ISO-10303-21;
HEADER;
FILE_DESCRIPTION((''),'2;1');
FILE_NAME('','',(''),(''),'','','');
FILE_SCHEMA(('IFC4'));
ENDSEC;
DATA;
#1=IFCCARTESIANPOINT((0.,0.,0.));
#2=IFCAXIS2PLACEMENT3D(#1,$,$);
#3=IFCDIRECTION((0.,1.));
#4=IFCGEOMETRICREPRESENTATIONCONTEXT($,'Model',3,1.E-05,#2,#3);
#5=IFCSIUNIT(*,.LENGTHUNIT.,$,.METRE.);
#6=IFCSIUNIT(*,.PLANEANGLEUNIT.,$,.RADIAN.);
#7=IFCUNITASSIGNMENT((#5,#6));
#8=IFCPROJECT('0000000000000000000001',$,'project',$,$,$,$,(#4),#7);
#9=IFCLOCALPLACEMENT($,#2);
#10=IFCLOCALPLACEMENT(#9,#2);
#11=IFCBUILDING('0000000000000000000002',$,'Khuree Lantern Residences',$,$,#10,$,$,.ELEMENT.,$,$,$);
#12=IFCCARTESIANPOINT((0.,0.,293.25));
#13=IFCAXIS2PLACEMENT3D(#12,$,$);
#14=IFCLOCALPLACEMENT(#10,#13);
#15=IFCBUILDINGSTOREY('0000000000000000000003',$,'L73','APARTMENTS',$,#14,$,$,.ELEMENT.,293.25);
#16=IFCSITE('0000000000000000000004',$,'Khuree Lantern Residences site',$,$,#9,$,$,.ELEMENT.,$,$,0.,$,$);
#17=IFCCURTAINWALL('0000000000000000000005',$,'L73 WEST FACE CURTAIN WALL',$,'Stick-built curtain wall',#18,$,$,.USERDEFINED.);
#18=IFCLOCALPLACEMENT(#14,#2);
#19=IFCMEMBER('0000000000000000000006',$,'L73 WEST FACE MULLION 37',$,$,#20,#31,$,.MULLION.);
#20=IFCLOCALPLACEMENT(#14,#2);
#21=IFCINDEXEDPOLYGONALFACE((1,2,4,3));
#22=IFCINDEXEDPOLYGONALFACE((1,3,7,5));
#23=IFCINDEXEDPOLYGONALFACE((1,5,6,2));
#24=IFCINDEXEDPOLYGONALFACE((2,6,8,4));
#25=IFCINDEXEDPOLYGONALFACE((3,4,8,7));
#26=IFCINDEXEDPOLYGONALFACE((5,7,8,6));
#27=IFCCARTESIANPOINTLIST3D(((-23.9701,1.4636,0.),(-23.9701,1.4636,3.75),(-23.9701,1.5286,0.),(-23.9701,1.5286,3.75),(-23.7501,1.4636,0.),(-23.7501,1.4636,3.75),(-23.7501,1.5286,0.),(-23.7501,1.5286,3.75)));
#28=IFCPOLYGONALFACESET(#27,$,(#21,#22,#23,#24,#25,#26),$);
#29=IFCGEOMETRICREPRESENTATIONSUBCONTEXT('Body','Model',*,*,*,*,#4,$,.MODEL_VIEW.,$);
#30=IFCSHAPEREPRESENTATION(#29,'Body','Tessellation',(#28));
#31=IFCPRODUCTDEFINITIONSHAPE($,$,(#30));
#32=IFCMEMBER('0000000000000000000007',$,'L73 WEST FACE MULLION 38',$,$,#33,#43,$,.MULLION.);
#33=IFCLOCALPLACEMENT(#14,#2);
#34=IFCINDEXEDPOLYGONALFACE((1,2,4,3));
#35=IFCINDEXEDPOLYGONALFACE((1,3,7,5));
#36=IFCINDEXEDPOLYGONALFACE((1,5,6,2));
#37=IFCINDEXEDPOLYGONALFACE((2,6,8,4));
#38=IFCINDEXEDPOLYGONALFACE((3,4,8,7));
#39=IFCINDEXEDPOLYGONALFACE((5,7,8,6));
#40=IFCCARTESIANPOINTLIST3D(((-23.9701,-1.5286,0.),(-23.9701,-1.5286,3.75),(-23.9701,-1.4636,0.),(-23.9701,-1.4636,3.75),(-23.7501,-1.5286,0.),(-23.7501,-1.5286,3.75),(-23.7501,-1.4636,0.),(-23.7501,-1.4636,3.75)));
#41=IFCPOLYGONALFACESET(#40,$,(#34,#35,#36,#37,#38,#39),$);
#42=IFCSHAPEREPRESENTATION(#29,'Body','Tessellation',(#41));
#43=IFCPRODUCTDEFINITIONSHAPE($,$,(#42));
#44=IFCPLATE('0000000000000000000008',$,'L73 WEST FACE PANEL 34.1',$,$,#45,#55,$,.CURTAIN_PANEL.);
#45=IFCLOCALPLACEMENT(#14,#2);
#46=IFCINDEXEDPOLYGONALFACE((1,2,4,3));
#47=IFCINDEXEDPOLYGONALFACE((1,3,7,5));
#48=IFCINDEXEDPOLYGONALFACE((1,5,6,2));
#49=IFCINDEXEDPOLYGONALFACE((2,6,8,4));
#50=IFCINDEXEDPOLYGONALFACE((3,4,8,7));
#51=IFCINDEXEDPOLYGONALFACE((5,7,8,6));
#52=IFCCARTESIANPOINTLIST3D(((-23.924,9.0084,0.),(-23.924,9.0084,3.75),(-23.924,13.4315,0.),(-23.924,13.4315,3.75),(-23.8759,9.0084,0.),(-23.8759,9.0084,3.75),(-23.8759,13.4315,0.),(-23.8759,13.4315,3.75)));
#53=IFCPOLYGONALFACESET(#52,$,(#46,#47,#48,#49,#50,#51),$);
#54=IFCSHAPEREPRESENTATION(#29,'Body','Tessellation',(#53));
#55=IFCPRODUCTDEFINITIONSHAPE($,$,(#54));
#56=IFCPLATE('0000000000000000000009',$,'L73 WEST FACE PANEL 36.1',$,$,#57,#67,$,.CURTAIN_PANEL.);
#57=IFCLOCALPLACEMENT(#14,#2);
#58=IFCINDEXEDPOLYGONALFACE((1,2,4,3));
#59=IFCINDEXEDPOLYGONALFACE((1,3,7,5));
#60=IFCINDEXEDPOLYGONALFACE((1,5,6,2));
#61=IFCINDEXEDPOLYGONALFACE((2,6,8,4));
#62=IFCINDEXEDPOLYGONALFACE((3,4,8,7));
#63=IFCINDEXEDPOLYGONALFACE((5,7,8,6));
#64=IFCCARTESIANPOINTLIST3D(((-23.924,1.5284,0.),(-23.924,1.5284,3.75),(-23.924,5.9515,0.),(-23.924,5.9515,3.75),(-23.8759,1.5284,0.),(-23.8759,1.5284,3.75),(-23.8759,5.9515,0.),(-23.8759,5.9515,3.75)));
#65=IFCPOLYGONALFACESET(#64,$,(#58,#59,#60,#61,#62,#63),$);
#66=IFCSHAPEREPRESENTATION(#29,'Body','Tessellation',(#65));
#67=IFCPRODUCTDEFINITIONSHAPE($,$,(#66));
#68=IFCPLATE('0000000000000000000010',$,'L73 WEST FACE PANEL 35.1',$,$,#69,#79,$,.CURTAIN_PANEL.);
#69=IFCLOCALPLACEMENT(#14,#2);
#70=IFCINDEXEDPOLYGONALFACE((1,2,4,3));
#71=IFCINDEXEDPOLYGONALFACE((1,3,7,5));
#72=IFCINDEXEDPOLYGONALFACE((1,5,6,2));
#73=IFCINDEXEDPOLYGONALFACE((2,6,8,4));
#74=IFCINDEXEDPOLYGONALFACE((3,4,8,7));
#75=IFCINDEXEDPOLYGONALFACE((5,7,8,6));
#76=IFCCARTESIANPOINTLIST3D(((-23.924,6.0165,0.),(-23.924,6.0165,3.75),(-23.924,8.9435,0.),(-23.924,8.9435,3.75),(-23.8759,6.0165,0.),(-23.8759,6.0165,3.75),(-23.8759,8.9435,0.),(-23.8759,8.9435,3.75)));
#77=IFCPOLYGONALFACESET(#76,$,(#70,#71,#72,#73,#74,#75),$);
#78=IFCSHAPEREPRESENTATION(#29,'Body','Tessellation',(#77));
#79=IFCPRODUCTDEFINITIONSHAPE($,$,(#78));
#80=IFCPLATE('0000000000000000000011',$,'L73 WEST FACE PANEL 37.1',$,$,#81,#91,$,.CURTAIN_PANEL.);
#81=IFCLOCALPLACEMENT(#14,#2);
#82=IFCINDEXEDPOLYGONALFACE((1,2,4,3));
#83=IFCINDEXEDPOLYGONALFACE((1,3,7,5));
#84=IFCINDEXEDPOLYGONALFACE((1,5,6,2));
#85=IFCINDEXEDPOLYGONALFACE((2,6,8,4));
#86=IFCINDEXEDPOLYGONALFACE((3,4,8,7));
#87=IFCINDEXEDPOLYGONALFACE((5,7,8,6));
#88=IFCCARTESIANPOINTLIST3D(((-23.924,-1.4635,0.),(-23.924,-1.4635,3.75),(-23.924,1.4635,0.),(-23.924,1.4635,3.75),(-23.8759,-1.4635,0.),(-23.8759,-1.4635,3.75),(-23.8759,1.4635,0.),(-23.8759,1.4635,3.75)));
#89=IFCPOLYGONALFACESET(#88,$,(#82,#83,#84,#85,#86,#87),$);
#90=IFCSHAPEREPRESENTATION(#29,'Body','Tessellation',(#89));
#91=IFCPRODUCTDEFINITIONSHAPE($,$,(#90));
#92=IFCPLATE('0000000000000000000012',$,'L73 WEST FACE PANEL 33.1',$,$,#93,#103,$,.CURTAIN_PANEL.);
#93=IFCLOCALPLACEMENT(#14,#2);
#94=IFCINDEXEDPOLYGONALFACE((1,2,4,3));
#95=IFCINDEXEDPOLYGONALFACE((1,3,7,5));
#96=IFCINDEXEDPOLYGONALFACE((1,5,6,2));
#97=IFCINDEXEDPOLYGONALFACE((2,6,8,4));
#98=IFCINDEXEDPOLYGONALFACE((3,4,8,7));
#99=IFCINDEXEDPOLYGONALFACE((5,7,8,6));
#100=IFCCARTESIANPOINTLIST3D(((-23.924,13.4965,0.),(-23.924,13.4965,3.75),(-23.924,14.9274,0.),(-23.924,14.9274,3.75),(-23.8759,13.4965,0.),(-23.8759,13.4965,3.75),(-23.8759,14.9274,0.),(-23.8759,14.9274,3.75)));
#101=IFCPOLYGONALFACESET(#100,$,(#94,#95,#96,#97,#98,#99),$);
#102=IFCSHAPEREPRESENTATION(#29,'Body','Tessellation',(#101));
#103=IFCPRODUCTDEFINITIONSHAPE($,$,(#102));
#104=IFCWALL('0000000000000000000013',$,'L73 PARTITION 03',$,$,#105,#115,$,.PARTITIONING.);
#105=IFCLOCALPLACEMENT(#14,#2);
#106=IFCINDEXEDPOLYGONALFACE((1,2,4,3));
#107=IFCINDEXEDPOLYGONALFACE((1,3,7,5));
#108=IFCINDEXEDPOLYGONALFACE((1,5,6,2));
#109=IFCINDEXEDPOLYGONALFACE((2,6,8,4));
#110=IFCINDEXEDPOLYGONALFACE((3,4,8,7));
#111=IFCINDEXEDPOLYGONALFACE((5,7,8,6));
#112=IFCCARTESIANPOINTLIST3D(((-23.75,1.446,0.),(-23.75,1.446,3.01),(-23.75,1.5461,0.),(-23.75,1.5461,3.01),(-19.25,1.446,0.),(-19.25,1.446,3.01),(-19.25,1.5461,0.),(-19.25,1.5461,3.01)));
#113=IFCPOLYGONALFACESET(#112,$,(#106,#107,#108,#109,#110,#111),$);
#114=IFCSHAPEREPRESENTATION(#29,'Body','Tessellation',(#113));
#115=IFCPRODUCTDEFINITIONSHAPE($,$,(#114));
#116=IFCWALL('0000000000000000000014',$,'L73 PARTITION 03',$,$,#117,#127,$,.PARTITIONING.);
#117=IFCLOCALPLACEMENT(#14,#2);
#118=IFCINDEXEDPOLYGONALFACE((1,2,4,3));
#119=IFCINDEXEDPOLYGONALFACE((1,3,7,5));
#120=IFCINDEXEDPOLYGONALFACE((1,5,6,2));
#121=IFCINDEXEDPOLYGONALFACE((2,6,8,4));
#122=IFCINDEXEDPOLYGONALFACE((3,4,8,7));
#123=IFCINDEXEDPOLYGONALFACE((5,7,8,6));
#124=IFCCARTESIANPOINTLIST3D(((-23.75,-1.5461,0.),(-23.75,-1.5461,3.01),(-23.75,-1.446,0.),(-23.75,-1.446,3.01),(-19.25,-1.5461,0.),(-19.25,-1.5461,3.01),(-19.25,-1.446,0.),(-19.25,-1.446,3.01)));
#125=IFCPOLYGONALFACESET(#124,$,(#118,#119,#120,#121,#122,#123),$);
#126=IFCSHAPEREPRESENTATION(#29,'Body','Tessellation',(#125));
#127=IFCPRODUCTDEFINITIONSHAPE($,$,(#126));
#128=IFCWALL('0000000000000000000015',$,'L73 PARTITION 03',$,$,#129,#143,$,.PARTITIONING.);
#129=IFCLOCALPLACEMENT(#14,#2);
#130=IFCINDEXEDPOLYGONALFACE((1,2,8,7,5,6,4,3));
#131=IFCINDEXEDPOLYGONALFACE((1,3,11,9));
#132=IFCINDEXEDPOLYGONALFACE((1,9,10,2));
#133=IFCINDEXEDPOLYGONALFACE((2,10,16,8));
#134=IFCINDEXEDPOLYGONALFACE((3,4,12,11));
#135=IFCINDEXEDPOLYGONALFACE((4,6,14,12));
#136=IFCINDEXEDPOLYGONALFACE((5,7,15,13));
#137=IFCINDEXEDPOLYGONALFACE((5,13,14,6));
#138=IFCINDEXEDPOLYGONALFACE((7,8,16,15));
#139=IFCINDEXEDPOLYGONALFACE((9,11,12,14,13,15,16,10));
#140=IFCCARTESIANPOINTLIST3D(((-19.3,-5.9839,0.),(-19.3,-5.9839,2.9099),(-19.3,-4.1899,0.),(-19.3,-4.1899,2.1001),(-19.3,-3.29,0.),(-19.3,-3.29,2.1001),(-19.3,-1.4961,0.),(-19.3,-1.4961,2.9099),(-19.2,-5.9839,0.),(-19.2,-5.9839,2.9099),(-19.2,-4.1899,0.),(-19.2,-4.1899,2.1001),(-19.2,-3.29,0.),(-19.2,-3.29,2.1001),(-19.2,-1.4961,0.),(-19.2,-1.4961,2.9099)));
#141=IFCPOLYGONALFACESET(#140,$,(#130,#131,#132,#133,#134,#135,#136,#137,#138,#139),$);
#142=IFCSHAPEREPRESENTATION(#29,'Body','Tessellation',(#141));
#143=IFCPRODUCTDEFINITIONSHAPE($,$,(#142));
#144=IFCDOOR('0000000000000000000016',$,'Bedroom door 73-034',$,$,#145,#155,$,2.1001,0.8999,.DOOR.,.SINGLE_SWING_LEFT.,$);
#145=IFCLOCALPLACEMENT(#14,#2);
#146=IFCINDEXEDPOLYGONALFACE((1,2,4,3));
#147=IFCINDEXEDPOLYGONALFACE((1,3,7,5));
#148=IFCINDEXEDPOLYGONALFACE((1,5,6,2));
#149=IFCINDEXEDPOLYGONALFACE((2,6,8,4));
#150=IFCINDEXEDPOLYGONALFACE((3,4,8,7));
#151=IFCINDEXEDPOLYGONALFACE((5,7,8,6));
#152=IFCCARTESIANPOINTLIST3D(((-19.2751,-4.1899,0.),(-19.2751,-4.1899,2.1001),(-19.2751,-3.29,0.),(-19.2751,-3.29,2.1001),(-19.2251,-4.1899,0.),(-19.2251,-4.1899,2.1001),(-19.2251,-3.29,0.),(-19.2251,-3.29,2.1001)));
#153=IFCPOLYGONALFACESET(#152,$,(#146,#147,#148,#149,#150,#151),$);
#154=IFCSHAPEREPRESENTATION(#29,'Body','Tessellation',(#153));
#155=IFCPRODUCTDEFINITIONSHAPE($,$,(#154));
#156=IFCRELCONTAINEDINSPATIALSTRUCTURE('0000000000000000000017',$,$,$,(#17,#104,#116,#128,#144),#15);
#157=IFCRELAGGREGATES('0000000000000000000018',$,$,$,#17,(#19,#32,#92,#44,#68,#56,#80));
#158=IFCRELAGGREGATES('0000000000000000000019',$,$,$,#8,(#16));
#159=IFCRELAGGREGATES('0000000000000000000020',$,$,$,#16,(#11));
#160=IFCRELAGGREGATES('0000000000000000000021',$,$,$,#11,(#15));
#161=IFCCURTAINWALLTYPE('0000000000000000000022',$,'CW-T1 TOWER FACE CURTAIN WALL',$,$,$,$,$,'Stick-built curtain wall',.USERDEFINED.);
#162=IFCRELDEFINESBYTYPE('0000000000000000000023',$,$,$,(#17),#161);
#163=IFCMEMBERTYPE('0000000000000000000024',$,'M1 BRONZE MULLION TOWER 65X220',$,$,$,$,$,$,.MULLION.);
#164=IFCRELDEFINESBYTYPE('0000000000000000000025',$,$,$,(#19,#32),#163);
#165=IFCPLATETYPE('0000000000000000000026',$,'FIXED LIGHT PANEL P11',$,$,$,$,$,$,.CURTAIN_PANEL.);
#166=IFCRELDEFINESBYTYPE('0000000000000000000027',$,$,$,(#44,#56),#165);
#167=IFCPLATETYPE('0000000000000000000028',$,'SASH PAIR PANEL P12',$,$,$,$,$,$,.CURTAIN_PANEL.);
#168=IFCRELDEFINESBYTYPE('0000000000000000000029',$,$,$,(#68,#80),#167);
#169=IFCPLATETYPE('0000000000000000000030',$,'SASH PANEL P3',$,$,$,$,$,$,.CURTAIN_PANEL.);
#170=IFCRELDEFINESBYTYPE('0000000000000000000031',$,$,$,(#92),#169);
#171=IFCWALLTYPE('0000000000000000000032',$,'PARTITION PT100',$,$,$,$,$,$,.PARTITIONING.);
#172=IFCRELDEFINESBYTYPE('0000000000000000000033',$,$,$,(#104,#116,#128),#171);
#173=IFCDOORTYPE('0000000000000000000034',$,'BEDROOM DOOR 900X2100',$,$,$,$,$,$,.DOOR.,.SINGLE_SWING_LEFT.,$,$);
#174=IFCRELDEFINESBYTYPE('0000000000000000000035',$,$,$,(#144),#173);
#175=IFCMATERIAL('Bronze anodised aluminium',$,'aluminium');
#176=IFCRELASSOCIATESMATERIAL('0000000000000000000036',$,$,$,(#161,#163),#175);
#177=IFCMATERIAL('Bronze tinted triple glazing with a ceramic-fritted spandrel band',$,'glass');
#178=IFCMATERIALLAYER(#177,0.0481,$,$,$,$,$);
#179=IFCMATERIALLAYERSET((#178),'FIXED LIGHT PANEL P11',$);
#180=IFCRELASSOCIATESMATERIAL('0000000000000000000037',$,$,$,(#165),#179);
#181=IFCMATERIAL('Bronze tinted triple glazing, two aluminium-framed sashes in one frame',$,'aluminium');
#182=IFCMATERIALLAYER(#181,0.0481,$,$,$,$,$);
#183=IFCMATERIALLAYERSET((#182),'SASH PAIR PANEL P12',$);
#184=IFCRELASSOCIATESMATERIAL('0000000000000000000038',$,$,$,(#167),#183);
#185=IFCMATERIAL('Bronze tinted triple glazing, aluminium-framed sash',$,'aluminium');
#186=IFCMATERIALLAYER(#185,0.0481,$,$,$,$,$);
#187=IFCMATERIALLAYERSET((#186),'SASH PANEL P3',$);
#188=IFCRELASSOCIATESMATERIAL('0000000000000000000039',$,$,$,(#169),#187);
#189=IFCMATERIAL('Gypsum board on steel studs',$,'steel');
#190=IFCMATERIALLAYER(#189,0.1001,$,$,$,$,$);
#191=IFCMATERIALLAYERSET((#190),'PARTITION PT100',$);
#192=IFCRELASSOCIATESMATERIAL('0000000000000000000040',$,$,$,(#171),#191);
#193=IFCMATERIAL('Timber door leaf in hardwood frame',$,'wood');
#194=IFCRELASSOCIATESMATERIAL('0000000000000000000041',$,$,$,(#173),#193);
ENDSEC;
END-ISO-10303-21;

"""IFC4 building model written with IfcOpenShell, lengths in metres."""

from ifc_helpers import new_model, si_unit, direction, frame, frame_2d, origin, origin_2d, place, context, subcontext, project, spatial, rectangle, extrude, material, layer, layer_set, material_profile, profile_set, type_object, element, fill, aggregate, save


model = new_model("IFC4")

# Units and contexts
model_context = context("Model", 3, precision=1e-05, world=origin(), true_north=direction((0.0, 1.0)))
body_context = subcontext(model_context, "Body", "Model", "MODEL_VIEW")
ifc_project = project(units=[si_unit("LENGTHUNIT", "METRE"), si_unit("PLANEANGLEUNIT", "RADIAN")], contexts=[model_context])

# Site, building, storey
site_placement = place(None, origin())
site = spatial("IfcSite", under=ifc_project, at=site_placement, Name="Khuree Lantern Residences site", CompositionType="ELEMENT", RefElevation=0.0)
building_placement = place(site_placement, origin())
building = spatial("IfcBuilding", under=site, at=building_placement, Name="Khuree Lantern Residences", CompositionType="ELEMENT")
storey_placement = place(building_placement, frame((0.0, 0.0, 293.25)))
storey = spatial("IfcBuildingStorey", under=building, at=storey_placement, Name="L73", Description="APARTMENTS", CompositionType="ELEMENT", Elevation=293.25)

# Curtain wall
ifc_material_1 = material(Name="Bronze anodised aluminium", Category="aluminium")
curtain_wall_type = type_object("IfcCurtainWallType", Name="CW-T1 TOWER FACE CURTAIN WALL", ElementType="Stick-built curtain wall", PredefinedType="USERDEFINED", material=ifc_material_1)
curtain_wall_placement = place(storey_placement, origin())
curtain_wall = element("IfcCurtainWall", 1, at=curtain_wall_placement, inside=storey, type_object=curtain_wall_type, Name="L73 WEST FACE CURTAIN WALL", ObjectType="Stick-built curtain wall", PredefinedType="USERDEFINED")

# Members
ifc_material_profile_1 = material_profile(ifc_material_1, rectangle(XDim=0.0649, YDim=0.22, at=origin_2d()), Name="M1 65X220")
ifc_profile_set_1 = profile_set([ifc_material_profile_1], Name="Bronze anodised aluminium")
member_type_1 = type_object("IfcMemberType", Name="M1 BRONZE MULLION TOWER 65X220", PredefinedType="MULLION", material=ifc_profile_set_1)
member_1_placement = place(storey_placement, frame((-23.8601, 1.4961, 0.0), z_axis=(0.0, 0.0, 1.0), x_axis=(0.0, -1.0, 0.0)))
member_1 = element("IfcMember", 2, at=member_1_placement, type_object=member_type_1, Name="L73 WEST FACE MULLION 37", PredefinedType="MULLION", context=body_context, shape_type="SweptSolid", body=[
    extrude(rectangle(XDim=0.0649, YDim=0.22, at=origin_2d()), origin(), (0.0, 0.0, 1.0), 3.75),
])
member_2_placement = place(storey_placement, frame((-23.8601, -1.4961, 0.0), z_axis=(0.0, 0.0, 1.0), x_axis=(0.0, -1.0, 0.0)))
member_2 = element("IfcMember", 3, at=member_2_placement, type_object=member_type_1, Name="L73 WEST FACE MULLION 38", PredefinedType="MULLION", context=body_context, shape_type="SweptSolid", body=[
    extrude(rectangle(XDim=0.0649, YDim=0.22, at=origin_2d()), origin(), (0.0, 0.0, 1.0), 3.75),
])

# Plates
ifc_material_2 = material(Name="Bronze tinted triple glazing with a ceramic-fritted spandrel band", Category="glass")
ifc_layer_1 = layer(ifc_material_2, 0.0481)
ifc_layer_set_1 = layer_set([ifc_layer_1], Name="FIXED LIGHT PANEL P11")
plate_type_1 = type_object("IfcPlateType", Name="FIXED LIGHT PANEL P11", PredefinedType="CURTAIN_PANEL", material=ifc_layer_set_1)
plate_1_placement = place(storey_placement, frame((-23.8999, 11.22, 0.0), z_axis=(0.0, 0.0, 1.0), x_axis=(0.0, -1.0, 0.0)))
plate_1 = element("IfcPlate", 4, at=plate_1_placement, type_object=plate_type_1, Name="L73 WEST FACE PANEL 34.1", PredefinedType="CURTAIN_PANEL", context=body_context, shape_type="SweptSolid", body=[
    extrude(rectangle(XDim=4.4231, YDim=0.0481, at=origin_2d()), origin(), (0.0, 0.0, 1.0), 3.75),
])
plate_2_placement = place(storey_placement, frame((-23.8999, 3.74, 0.0), z_axis=(0.0, 0.0, 1.0), x_axis=(0.0, -1.0, 0.0)))
plate_2 = element("IfcPlate", 5, at=plate_2_placement, type_object=plate_type_1, Name="L73 WEST FACE PANEL 36.1", PredefinedType="CURTAIN_PANEL", context=body_context, shape_type="SweptSolid", body=[
    extrude(rectangle(XDim=4.4231, YDim=0.0481, at=origin_2d()), origin(), (0.0, 0.0, 1.0), 3.75),
])
ifc_material_3 = material(Name="Bronze tinted triple glazing, two aluminium-framed sashes in one frame", Category="aluminium")
ifc_layer_2 = layer(ifc_material_3, 0.0481)
ifc_layer_set_2 = layer_set([ifc_layer_2], Name="SASH PAIR PANEL P12")
plate_type_2 = type_object("IfcPlateType", Name="SASH PAIR PANEL P12", PredefinedType="CURTAIN_PANEL", material=ifc_layer_set_2)
plate_3_placement = place(storey_placement, frame((-23.8999, 7.48, 0.0), z_axis=(0.0, 0.0, 1.0), x_axis=(0.0, -1.0, 0.0)))
plate_3 = element("IfcPlate", 6, at=plate_3_placement, type_object=plate_type_2, Name="L73 WEST FACE PANEL 35.1", PredefinedType="CURTAIN_PANEL", context=body_context, shape_type="SweptSolid", body=[
    extrude(rectangle(XDim=2.927, YDim=0.0481, at=origin_2d()), origin(), (0.0, 0.0, 1.0), 3.75),
])
plate_4_placement = place(storey_placement, frame((-23.8999, 0.0, 0.0), z_axis=(0.0, 0.0, 1.0), x_axis=(0.0, -1.0, 0.0)))
plate_4 = element("IfcPlate", 7, at=plate_4_placement, type_object=plate_type_2, Name="L73 WEST FACE PANEL 37.1", PredefinedType="CURTAIN_PANEL", context=body_context, shape_type="SweptSolid", body=[
    extrude(rectangle(XDim=2.927, YDim=0.0481, at=origin_2d()), origin(), (0.0, 0.0, 1.0), 3.75),
])
ifc_material_4 = material(Name="Bronze tinted triple glazing, aluminium-framed sash", Category="aluminium")
ifc_layer_3 = layer(ifc_material_4, 0.0481)
ifc_layer_set_3 = layer_set([ifc_layer_3], Name="SASH PANEL P3")
plate_type_3 = type_object("IfcPlateType", Name="SASH PANEL P3", PredefinedType="CURTAIN_PANEL", material=ifc_layer_set_3)
plate_5_placement = place(storey_placement, frame((-23.8999, 14.2119, 0.0), z_axis=(0.0, 0.0, 1.0), x_axis=(0.0, -1.0, 0.0)))
plate_5 = element("IfcPlate", 8, at=plate_5_placement, type_object=plate_type_3, Name="L73 WEST FACE PANEL 33.1", PredefinedType="CURTAIN_PANEL", context=body_context, shape_type="SweptSolid", body=[
    extrude(rectangle(XDim=1.4309, YDim=0.0481, at=origin_2d()), origin(), (0.0, 0.0, 1.0), 3.75),
])
aggregate(curtain_wall, [member_1, member_2, plate_5, plate_1, plate_3, plate_2, plate_4])

# Walls
ifc_material_5 = material(Name="Gypsum board on steel studs", Category="steel")
ifc_layer_4 = layer(ifc_material_5, 0.1001)
ifc_layer_set_4 = layer_set([ifc_layer_4], Name="PARTITION PT100")
wall_type = type_object("IfcWallType", Name="PARTITION PT100", PredefinedType="PARTITIONING", material=ifc_layer_set_4)
for number, where, z_axis, x_axis, name in (
    (9, (-19.25, 1.4961, 0.0), (0.0, 0.0, 1.0), (-1.0, 0.0, 0.0), "L73 PARTITION 03"),
    (10, (-19.25, -1.4961, 0.0), (0.0, 0.0, 1.0), (-1.0, 0.0, 0.0), "L73 PARTITION 03"),
):
    element("IfcWall", number, at=place(storey_placement, frame(where, z_axis=z_axis, x_axis=x_axis)), inside=storey, type_object=wall_type, Name=name, PredefinedType="PARTITIONING", context=body_context, shape_type="SweptSolid", body=[
        extrude(rectangle(XDim=4.5, YDim=0.1001, at=frame_2d((2.25, 0.0))), origin(), (0.0, 0.0, 1.0), 3.01),
    ])

# Wall, opening, door
wall_placement = place(storey_placement, frame((-19.25, -1.4961, 0.0), z_axis=(0.0, 0.0, 1.0), x_axis=(0.0, -1.0, 0.0)))
wall = element("IfcWall", 11, at=wall_placement, inside=storey, type_object=wall_type, Name="L73 PARTITION 03", PredefinedType="PARTITIONING", context=body_context, shape_type="SweptSolid", body=[
    extrude(rectangle(XDim=4.4878, YDim=0.1001, at=frame_2d((2.2439, 0.0))), origin(), (0.0, 0.0, 1.0), 2.9099),
])
opening_placement = place(wall_placement, frame((1.7939, 0.0, 0.0)))
opening = element("IfcOpeningElement", 12, at=opening_placement, cuts=wall, PredefinedType="OPENING", context=body_context, shape_type="SweptSolid", body=[
    extrude(rectangle(XDim=0.8999, YDim=2.1001, at=frame_2d((0.45, 1.05))), frame((0.0, 0.0601, 0.0), z_axis=(0.0, -1.0, 0.0), x_axis=(1.0, 0.0, 0.0)), (0.0, 0.0, 1.0), 0.1201),
])
ifc_material_6 = material(Name="Timber door leaf in hardwood frame", Category="wood")
door_type = type_object("IfcDoorType", Name="BEDROOM DOOR 900X2100", OperationType="SINGLE_SWING_LEFT", PredefinedType="DOOR", material=ifc_material_6)
door_placement = place(opening_placement, origin())
door = element("IfcDoor", 13, at=door_placement, inside=storey, type_object=door_type, Name="Bedroom door 73-034", OperationType="SINGLE_SWING_LEFT", OverallHeight=2.1001, OverallWidth=0.8999, PredefinedType="DOOR", context=body_context, shape_type="SweptSolid", body=[
    extrude(rectangle(XDim=0.8999, YDim=2.1001, at=frame_2d((0.45, 1.05))), frame((0.0, 0.0249, 0.0), z_axis=(0.0, -1.0, 0.0), x_axis=(1.0, 0.0, 0.0)), (0.0, 0.0, 1.0), 0.05),
])
fill(opening, door)

save(model, "model.ifc")
